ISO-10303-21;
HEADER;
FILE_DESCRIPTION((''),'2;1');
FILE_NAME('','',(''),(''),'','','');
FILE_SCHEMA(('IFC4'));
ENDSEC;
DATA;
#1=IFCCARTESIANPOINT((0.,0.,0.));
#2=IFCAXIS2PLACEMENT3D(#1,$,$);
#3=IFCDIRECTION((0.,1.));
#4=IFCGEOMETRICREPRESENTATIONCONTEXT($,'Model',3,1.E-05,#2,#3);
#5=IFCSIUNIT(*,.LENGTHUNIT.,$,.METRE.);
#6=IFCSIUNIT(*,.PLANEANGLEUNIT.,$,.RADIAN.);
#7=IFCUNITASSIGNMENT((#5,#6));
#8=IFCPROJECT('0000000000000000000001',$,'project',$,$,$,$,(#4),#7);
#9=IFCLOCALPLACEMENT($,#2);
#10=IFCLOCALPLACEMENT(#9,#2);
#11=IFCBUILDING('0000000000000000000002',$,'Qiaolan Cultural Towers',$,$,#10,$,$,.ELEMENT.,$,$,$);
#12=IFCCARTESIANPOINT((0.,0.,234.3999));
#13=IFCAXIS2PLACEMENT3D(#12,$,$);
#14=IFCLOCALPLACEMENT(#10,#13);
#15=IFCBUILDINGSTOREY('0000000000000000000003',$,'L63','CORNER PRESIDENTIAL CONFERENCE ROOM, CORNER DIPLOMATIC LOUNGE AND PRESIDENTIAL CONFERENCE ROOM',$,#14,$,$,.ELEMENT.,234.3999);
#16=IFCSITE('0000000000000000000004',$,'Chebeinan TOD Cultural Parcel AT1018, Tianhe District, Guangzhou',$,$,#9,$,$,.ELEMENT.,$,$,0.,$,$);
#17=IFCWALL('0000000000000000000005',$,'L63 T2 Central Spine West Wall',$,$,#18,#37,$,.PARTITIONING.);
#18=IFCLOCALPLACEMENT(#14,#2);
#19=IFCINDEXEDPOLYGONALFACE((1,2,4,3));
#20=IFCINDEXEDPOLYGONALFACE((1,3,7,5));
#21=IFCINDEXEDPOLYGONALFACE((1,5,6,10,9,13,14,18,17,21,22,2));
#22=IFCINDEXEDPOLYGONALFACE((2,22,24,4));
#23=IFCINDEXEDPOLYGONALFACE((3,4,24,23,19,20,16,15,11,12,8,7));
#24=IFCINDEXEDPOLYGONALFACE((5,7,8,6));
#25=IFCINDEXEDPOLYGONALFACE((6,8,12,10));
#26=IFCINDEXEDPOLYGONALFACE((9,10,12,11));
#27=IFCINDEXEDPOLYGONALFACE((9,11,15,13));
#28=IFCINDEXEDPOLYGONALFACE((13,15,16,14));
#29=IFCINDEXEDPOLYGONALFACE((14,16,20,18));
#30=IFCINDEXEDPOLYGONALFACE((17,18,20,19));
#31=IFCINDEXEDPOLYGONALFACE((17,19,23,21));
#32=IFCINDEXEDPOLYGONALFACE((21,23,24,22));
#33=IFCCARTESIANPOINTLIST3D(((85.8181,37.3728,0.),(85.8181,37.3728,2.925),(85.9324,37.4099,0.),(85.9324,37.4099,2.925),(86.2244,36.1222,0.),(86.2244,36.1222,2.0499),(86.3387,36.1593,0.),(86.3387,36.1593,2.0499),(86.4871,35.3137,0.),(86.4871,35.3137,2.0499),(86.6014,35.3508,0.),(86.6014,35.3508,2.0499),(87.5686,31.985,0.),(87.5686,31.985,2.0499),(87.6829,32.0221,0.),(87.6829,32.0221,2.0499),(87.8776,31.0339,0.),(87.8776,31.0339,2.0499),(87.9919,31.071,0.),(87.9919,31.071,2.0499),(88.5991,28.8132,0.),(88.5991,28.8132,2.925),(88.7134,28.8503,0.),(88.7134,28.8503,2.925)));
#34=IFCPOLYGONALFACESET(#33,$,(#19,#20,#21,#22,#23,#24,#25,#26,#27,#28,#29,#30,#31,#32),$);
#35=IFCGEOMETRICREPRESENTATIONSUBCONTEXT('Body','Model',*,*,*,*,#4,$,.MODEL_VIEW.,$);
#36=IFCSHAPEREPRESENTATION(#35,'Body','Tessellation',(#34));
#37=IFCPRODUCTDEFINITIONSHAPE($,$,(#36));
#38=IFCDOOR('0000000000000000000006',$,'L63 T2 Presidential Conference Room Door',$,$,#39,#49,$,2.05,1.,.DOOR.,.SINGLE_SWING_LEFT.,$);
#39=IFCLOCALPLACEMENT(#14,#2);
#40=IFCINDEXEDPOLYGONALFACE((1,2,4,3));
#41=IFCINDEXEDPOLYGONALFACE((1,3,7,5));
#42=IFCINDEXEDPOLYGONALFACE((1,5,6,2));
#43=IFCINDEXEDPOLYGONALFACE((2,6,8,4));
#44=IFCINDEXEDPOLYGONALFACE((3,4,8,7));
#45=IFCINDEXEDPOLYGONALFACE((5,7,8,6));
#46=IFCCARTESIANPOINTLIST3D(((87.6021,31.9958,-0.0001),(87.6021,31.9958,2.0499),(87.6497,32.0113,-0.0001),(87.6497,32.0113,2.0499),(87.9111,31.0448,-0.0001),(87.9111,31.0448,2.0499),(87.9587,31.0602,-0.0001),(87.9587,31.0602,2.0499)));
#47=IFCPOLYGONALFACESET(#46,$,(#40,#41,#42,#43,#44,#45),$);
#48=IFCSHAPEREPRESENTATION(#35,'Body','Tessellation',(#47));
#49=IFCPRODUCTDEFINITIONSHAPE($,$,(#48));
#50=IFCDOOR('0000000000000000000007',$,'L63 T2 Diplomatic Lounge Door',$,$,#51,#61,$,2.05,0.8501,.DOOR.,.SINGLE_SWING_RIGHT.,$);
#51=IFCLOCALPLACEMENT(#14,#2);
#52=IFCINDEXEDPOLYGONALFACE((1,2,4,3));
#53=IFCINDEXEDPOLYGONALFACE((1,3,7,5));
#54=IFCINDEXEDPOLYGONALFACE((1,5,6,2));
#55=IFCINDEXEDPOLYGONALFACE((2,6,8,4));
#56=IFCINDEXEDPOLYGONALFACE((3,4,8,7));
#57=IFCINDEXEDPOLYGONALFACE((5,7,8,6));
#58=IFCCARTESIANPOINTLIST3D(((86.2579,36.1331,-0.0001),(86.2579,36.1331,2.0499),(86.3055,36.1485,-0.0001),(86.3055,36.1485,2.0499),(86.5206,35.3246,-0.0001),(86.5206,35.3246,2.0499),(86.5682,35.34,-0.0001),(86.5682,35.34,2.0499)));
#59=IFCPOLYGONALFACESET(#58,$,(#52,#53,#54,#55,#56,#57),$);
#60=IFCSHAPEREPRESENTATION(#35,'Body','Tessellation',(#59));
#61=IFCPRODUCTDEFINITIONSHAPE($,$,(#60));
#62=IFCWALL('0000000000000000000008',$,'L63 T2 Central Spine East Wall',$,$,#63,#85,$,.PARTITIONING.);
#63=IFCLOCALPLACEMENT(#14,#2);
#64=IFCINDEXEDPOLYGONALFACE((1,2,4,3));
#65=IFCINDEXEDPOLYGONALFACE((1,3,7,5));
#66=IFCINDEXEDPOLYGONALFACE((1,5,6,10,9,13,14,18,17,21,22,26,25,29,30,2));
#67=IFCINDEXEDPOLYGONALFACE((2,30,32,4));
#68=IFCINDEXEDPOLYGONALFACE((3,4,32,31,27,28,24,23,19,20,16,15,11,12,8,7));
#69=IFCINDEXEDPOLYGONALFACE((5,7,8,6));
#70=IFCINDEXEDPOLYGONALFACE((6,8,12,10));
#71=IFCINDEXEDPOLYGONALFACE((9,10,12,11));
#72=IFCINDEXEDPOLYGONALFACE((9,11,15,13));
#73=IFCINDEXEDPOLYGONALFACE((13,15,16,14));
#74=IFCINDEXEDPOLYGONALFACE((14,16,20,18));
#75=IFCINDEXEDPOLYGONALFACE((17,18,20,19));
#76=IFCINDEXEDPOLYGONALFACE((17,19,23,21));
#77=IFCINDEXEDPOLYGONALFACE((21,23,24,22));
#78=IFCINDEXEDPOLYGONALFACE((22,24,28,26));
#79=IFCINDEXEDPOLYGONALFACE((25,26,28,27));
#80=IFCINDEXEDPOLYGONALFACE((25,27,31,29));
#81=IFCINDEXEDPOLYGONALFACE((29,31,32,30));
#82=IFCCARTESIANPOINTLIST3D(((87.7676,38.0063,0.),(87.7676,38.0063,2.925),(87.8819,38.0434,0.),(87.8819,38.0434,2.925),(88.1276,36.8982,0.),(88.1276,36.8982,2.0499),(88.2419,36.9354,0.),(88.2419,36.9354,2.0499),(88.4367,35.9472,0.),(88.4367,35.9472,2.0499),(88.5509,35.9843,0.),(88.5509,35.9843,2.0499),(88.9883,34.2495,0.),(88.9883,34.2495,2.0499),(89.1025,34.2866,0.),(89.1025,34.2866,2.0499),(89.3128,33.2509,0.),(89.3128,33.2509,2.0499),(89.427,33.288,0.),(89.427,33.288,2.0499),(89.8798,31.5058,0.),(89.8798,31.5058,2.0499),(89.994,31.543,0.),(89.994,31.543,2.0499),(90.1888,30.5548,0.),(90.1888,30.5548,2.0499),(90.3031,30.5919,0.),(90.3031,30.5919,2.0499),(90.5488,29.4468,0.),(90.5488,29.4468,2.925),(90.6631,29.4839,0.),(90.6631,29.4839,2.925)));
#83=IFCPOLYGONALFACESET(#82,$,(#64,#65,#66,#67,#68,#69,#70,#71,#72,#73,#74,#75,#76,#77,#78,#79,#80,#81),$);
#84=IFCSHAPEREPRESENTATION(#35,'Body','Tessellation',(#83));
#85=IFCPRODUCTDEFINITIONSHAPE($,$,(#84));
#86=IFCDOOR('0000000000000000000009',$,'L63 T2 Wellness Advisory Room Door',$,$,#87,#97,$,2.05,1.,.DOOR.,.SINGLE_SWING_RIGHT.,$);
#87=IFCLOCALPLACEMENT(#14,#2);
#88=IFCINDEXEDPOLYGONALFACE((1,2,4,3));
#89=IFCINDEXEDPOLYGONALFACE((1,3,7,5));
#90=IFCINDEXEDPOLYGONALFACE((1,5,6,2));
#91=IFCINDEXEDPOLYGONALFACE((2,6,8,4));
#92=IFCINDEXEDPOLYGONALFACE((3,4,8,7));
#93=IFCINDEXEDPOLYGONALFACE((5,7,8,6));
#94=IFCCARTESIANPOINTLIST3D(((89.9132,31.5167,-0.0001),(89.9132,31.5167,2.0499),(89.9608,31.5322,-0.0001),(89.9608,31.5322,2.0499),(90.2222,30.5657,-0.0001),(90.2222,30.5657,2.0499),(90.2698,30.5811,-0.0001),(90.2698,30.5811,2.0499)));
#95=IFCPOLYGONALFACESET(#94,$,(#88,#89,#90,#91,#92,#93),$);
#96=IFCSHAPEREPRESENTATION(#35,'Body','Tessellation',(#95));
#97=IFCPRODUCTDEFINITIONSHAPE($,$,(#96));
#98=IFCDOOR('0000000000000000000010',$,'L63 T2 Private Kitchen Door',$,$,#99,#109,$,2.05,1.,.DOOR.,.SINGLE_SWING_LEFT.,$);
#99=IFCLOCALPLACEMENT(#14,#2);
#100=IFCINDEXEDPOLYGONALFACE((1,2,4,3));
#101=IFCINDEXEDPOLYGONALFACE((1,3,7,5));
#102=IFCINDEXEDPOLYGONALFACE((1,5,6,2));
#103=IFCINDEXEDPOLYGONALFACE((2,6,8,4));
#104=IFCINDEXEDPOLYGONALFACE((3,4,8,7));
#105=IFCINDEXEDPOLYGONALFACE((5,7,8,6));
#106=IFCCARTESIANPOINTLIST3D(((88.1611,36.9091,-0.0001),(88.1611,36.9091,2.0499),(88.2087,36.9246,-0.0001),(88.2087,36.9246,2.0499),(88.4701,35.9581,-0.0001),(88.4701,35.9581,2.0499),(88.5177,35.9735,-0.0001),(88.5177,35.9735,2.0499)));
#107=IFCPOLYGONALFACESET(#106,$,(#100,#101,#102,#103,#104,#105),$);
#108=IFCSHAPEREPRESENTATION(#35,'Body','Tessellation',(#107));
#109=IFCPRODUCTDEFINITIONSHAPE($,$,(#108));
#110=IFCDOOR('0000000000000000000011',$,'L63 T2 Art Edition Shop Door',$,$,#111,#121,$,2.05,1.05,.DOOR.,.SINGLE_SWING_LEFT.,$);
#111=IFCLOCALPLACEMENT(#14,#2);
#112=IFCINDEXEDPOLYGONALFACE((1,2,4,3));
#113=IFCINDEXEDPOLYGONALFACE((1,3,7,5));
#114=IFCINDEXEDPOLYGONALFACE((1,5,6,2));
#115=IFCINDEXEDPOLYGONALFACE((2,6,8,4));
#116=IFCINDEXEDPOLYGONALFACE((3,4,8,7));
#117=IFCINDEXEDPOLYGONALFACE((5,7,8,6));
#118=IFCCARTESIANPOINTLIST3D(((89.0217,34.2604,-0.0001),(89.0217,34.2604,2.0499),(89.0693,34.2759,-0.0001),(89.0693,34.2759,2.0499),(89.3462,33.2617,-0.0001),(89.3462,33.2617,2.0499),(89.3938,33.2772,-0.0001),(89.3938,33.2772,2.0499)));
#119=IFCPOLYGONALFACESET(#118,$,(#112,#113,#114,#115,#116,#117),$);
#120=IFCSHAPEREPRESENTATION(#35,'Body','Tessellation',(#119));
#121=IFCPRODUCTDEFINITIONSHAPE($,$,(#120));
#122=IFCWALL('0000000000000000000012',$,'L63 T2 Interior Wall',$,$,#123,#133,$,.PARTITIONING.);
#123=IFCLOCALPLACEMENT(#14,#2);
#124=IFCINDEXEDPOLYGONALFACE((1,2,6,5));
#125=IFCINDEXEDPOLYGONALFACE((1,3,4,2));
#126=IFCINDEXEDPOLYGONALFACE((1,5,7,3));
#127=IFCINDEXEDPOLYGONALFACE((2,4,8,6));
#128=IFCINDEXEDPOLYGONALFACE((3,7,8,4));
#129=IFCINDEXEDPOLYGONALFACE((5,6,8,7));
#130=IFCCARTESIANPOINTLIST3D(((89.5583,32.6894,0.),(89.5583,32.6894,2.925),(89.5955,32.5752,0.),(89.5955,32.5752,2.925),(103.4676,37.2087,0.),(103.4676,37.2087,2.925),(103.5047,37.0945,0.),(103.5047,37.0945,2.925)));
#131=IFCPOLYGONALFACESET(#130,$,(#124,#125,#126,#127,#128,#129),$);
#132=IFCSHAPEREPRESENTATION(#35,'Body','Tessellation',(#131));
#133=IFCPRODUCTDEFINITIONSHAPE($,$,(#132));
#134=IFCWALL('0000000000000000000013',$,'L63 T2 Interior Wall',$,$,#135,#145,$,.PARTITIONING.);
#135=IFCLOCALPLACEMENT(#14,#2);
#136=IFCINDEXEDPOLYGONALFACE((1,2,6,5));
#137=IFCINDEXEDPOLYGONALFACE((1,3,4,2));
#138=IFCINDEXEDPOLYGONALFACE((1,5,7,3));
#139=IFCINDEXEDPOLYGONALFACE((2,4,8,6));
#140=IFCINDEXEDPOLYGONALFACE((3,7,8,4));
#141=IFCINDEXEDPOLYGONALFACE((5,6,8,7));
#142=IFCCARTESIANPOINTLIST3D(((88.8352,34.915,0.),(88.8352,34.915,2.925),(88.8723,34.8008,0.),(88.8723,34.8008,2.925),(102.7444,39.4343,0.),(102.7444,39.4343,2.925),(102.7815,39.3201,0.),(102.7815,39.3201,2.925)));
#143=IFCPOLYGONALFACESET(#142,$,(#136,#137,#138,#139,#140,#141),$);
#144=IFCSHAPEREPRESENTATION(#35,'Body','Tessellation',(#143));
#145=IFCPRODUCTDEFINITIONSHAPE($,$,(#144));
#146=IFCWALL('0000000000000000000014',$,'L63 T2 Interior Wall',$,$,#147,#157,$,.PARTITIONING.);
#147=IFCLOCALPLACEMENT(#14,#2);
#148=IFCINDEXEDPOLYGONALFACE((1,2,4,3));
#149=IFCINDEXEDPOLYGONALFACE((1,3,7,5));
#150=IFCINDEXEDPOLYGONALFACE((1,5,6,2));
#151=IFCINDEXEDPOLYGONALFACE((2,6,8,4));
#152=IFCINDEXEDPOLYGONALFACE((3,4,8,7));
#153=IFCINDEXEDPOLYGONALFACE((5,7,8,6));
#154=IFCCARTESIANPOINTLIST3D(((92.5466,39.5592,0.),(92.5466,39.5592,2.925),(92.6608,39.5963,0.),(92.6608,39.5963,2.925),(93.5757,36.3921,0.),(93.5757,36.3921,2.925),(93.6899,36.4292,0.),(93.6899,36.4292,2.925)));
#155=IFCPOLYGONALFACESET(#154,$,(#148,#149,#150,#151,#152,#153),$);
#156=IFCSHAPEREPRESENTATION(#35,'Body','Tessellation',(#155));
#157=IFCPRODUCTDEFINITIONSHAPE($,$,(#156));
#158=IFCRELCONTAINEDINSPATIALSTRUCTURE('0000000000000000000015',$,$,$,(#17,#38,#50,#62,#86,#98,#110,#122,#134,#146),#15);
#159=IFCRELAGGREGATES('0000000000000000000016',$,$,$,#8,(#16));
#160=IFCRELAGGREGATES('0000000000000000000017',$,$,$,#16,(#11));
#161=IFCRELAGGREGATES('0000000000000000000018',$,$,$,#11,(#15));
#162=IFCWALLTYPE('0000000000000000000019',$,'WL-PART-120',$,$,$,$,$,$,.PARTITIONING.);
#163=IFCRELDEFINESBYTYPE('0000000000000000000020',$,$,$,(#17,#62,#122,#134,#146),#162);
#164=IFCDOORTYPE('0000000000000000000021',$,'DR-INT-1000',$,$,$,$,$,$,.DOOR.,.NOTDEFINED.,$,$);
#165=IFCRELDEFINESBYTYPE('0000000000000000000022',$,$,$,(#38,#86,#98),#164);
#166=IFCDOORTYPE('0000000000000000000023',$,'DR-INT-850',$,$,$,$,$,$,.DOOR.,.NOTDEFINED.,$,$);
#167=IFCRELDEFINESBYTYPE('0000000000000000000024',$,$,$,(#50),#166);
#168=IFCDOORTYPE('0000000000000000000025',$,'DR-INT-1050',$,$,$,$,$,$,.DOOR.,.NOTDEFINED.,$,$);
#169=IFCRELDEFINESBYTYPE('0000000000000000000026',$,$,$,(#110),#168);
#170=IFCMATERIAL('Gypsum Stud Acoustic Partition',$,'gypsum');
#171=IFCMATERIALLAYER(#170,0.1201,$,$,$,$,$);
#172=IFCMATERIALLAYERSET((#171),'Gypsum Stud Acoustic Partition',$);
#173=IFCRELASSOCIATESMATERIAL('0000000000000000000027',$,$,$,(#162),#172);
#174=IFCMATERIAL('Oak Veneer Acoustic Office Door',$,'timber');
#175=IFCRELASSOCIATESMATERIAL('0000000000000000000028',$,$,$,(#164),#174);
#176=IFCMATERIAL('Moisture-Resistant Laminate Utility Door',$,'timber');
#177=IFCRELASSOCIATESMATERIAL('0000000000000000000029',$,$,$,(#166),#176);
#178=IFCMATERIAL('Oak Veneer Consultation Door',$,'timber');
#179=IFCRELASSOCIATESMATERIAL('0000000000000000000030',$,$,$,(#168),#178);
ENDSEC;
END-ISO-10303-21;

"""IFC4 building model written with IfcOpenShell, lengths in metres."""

from ifc_helpers import new_model, si_unit, direction, frame, frame_2d, origin, place, context, subcontext, project, spatial, rectangle, extrude, material, layer, layer_set, type_object, element, fill, save


model = new_model("IFC4")

# Units and contexts
model_context = context("Model", 3, precision=1e-05, world=origin(), true_north=direction((0.0, 1.0)))
body_context = subcontext(model_context, "Body", "Model", "MODEL_VIEW")
ifc_project = project(units=[si_unit("LENGTHUNIT", "METRE"), si_unit("PLANEANGLEUNIT", "RADIAN")], contexts=[model_context])

# Site, building, storey
site_placement = place(None, origin())
site = spatial("IfcSite", under=ifc_project, at=site_placement, Name="Chebeinan TOD Cultural Parcel AT1018, Tianhe District, Guangzhou", CompositionType="ELEMENT", RefElevation=0.0)
building_placement = place(site_placement, origin())
building = spatial("IfcBuilding", under=site, at=building_placement, Name="Qiaolan Cultural Towers", CompositionType="ELEMENT")
storey_placement = place(building_placement, frame((0.0, 0.0, 234.3999)))
storey = spatial("IfcBuildingStorey", under=building, at=storey_placement, Name="L63", Description="CORNER PRESIDENTIAL CONFERENCE ROOM, CORNER DIPLOMATIC LOUNGE AND PRESIDENTIAL CONFERENCE ROOM", CompositionType="ELEMENT", Elevation=234.3999)

# Shared definitions
ifc_material_1 = material(Name="Gypsum Stud Acoustic Partition", Category="gypsum")
ifc_layer_1 = layer(ifc_material_1, 0.1201)
ifc_layer_set_1 = layer_set([ifc_layer_1], Name="Gypsum Stud Acoustic Partition")
wall_type_1 = type_object("IfcWallType", Name="WL-PART-120", PredefinedType="PARTITIONING", material=ifc_layer_set_1)

# Walls, openings, doors
wall_1_placement = place(storey_placement, frame((88.6562, 28.8318, 0.0), z_axis=(0.0, 0.0, 1.0), x_axis=(-0.309, 0.951062, 0.0)))
wall_1 = element("IfcWall", 1, at=wall_1_placement, inside=storey, type_object=wall_type_1, Name="L63 T2 Central Spine West Wall", PredefinedType="PARTITIONING", context=body_context, shape_type="SweptSolid", body=[
    extrude(rectangle(XDim=9.0, YDim=0.1201, at=frame_2d((4.5, 0.0))), origin(), (0.0, 0.0, 1.0), 2.925),
])
opening_1_placement = place(wall_1_placement, frame((2.335, 0.0, 0.0)))
opening_1 = element("IfcOpeningElement", 2, at=opening_1_placement, cuts=wall_1, PredefinedType="OPENING", context=body_context, shape_type="SweptSolid", body=[
    extrude(rectangle(XDim=1.0, YDim=2.05, at=frame_2d((0.5, 1.0249))), frame((0.0, 0.0701, 0.0), z_axis=(0.0, -1.0, 0.0), x_axis=(1.0, 0.0, 0.0)), (0.0, 0.0, 1.0), 0.1401),
])
opening_2_placement = place(wall_1_placement, frame((6.835, 0.0, 0.0)))
opening_2 = element("IfcOpeningElement", 3, at=opening_2_placement, cuts=wall_1, PredefinedType="OPENING", context=body_context, shape_type="SweptSolid", body=[
    extrude(rectangle(XDim=0.8501, YDim=2.05, at=frame_2d((0.425, 1.0249))), frame((0.0, 0.0701, 0.0), z_axis=(0.0, -1.0, 0.0), x_axis=(1.0, 0.0, 0.0)), (0.0, 0.0, 1.0), 0.1401),
])
ifc_material_2 = material(Name="Oak Veneer Acoustic Office Door", Category="timber")
door_type_1 = type_object("IfcDoorType", Name="DR-INT-1000", OperationType="NOTDEFINED", PredefinedType="DOOR", material=ifc_material_2)
door_1_placement = place(opening_1_placement, origin())
door_1 = element("IfcDoor", 4, at=door_1_placement, inside=storey, type_object=door_type_1, Name="L63 T2 Presidential Conference Room Door", OperationType="SINGLE_SWING_LEFT", OverallHeight=2.05, OverallWidth=1.0, PredefinedType="DOOR", context=body_context, shape_type="SweptSolid", body=[
    extrude(rectangle(XDim=1.0, YDim=2.05, at=frame_2d((0.5, 1.0249))), frame((0.0, 0.0249, 0.0), z_axis=(0.0, -1.0, 0.0), x_axis=(1.0, 0.0, 0.0)), (0.0, 0.0, 1.0), 0.05),
])
fill(opening_1, door_1)
ifc_material_3 = material(Name="Moisture-Resistant Laminate Utility Door", Category="timber")
door_type_2 = type_object("IfcDoorType", Name="DR-INT-850", OperationType="NOTDEFINED", PredefinedType="DOOR", material=ifc_material_3)
door_2_placement = place(opening_2_placement, origin())
door_2 = element("IfcDoor", 5, at=door_2_placement, inside=storey, type_object=door_type_2, Name="L63 T2 Diplomatic Lounge Door", OperationType="SINGLE_SWING_RIGHT", OverallHeight=2.05, OverallWidth=0.8501, PredefinedType="DOOR", context=body_context, shape_type="SweptSolid", body=[
    extrude(rectangle(XDim=0.8501, YDim=2.05, at=frame_2d((0.425, 1.0249))), frame((0.0, 0.0249, 0.0), z_axis=(0.0, -1.0, 0.0), x_axis=(1.0, 0.0, 0.0)), (0.0, 0.0, 1.0), 0.05),
])
fill(opening_2, door_2)
wall_2_placement = place(storey_placement, frame((90.606, 29.4653, 0.0), z_axis=(0.0, 0.0, 1.0), x_axis=(-0.309025, 0.951054, 0.0)))
wall_2 = element("IfcWall", 6, at=wall_2_placement, inside=storey, type_object=wall_type_1, Name="L63 T2 Central Spine East Wall", PredefinedType="PARTITIONING", context=body_context, shape_type="SweptSolid", body=[
    extrude(rectangle(XDim=9.0, YDim=0.1201, at=frame_2d((4.5, 0.0))), origin(), (0.0, 0.0, 1.0), 2.925),
])
opening_3_placement = place(wall_2_placement, frame((1.165, 0.0, 0.0)))
opening_3 = element("IfcOpeningElement", 7, at=opening_3_placement, cuts=wall_2, PredefinedType="OPENING", context=body_context, shape_type="SweptSolid", body=[
    extrude(rectangle(XDim=1.0, YDim=2.05, at=frame_2d((0.5, 1.0249))), frame((0.0, 0.0701, 0.0), z_axis=(0.0, -1.0, 0.0), x_axis=(1.0, 0.0, 0.0)), (0.0, 0.0, 1.0), 0.1401),
])
opening_4_placement = place(wall_2_placement, frame((4.0, 0.0, 0.0)))
opening_4 = element("IfcOpeningElement", 8, at=opening_4_placement, cuts=wall_2, PredefinedType="OPENING", context=body_context, shape_type="SweptSolid", body=[
    extrude(rectangle(XDim=1.05, YDim=2.05, at=frame_2d((0.5249, 1.0249))), frame((0.0, 0.0701, 0.0), z_axis=(0.0, -1.0, 0.0), x_axis=(1.0, 0.0, 0.0)), (0.0, 0.0, 1.0), 0.1401),
])
opening_5_placement = place(wall_2_placement, frame((6.835, 0.0, 0.0)))
opening_5 = element("IfcOpeningElement", 9, at=opening_5_placement, cuts=wall_2, PredefinedType="OPENING", context=body_context, shape_type="SweptSolid", body=[
    extrude(rectangle(XDim=1.0, YDim=2.05, at=frame_2d((0.5, 1.0249))), frame((0.0, 0.0701, 0.0), z_axis=(0.0, -1.0, 0.0), x_axis=(1.0, 0.0, 0.0)), (0.0, 0.0, 1.0), 0.1401),
])
door_3_placement = place(opening_3_placement, origin())
door_3 = element("IfcDoor", 10, at=door_3_placement, inside=storey, type_object=door_type_1, Name="L63 T2 Wellness Advisory Room Door", OperationType="SINGLE_SWING_RIGHT", OverallHeight=2.05, OverallWidth=1.0, PredefinedType="DOOR", context=body_context, shape_type="SweptSolid", body=[
    extrude(rectangle(XDim=1.0, YDim=2.05, at=frame_2d((0.5, 1.0249))), frame((0.0, 0.0249, 0.0), z_axis=(0.0, -1.0, 0.0), x_axis=(1.0, 0.0, 0.0)), (0.0, 0.0, 1.0), 0.05),
])
fill(opening_3, door_3)
door_4_placement = place(opening_5_placement, origin())
door_4 = element("IfcDoor", 11, at=door_4_placement, inside=storey, type_object=door_type_1, Name="L63 T2 Private Kitchen Door", OperationType="SINGLE_SWING_LEFT", OverallHeight=2.05, OverallWidth=1.0, PredefinedType="DOOR", context=body_context, shape_type="SweptSolid", body=[
    extrude(rectangle(XDim=1.0, YDim=2.05, at=frame_2d((0.5, 1.0249))), frame((0.0, 0.0249, 0.0), z_axis=(0.0, -1.0, 0.0), x_axis=(1.0, 0.0, 0.0)), (0.0, 0.0, 1.0), 0.05),
])
fill(opening_5, door_4)
ifc_material_4 = material(Name="Oak Veneer Consultation Door", Category="timber")
door_type_3 = type_object("IfcDoorType", Name="DR-INT-1050", OperationType="NOTDEFINED", PredefinedType="DOOR", material=ifc_material_4)
door_5_placement = place(opening_4_placement, origin())
door_5 = element("IfcDoor", 12, at=door_5_placement, inside=storey, type_object=door_type_3, Name="L63 T2 Art Edition Shop Door", OperationType="SINGLE_SWING_LEFT", OverallHeight=2.05, OverallWidth=1.05, PredefinedType="DOOR", context=body_context, shape_type="SweptSolid", body=[
    extrude(rectangle(XDim=1.05, YDim=2.05, at=frame_2d((0.5249, 1.0249))), frame((0.0, 0.0249, 0.0), z_axis=(0.0, -1.0, 0.0), x_axis=(1.0, 0.0, 0.0)), (0.0, 0.0, 1.0), 0.05),
])
fill(opening_4, door_5)

# Walls
for number, where, z_axis, x_axis, name in (
    (13, (89.5769, 32.6323, 0.0), (0.0, 0.0, 1.0), (0.951058, 0.309012, 0.0), "L63 T2 Interior Wall"),
    (14, (88.8538, 34.8579, 0.0), (0.0, 0.0, 1.0), (0.951058, 0.309012, 0.0), "L63 T2 Interior Wall"),
):
    element("IfcWall", number, at=place(storey_placement, frame(where, z_axis=z_axis, x_axis=x_axis)), inside=storey, type_object=wall_type_1, Name=name, PredefinedType="PARTITIONING", context=body_context, shape_type="SweptSolid", body=[
        extrude(rectangle(XDim=14.625, YDim=0.1201, at=frame_2d((7.3125, 0.0))), origin(), (0.0, 0.0, 1.0), 2.925),
    ])
wall_3_placement = place(storey_placement, frame((93.6328, 36.4106, 0.0), z_axis=(0.0, 0.0, 1.0), x_axis=(-0.309026, 0.951053, 0.0)))
element("IfcWall", 15, at=wall_3_placement, inside=storey, type_object=wall_type_1, Name="L63 T2 Interior Wall", PredefinedType="PARTITIONING", context=body_context, shape_type="SweptSolid", body=[
    extrude(rectangle(XDim=3.3301, YDim=0.1201, at=frame_2d((1.665, 0.0))), origin(), (0.0, 0.0, 1.0), 2.925),
])

save(model, "model.ifc")
